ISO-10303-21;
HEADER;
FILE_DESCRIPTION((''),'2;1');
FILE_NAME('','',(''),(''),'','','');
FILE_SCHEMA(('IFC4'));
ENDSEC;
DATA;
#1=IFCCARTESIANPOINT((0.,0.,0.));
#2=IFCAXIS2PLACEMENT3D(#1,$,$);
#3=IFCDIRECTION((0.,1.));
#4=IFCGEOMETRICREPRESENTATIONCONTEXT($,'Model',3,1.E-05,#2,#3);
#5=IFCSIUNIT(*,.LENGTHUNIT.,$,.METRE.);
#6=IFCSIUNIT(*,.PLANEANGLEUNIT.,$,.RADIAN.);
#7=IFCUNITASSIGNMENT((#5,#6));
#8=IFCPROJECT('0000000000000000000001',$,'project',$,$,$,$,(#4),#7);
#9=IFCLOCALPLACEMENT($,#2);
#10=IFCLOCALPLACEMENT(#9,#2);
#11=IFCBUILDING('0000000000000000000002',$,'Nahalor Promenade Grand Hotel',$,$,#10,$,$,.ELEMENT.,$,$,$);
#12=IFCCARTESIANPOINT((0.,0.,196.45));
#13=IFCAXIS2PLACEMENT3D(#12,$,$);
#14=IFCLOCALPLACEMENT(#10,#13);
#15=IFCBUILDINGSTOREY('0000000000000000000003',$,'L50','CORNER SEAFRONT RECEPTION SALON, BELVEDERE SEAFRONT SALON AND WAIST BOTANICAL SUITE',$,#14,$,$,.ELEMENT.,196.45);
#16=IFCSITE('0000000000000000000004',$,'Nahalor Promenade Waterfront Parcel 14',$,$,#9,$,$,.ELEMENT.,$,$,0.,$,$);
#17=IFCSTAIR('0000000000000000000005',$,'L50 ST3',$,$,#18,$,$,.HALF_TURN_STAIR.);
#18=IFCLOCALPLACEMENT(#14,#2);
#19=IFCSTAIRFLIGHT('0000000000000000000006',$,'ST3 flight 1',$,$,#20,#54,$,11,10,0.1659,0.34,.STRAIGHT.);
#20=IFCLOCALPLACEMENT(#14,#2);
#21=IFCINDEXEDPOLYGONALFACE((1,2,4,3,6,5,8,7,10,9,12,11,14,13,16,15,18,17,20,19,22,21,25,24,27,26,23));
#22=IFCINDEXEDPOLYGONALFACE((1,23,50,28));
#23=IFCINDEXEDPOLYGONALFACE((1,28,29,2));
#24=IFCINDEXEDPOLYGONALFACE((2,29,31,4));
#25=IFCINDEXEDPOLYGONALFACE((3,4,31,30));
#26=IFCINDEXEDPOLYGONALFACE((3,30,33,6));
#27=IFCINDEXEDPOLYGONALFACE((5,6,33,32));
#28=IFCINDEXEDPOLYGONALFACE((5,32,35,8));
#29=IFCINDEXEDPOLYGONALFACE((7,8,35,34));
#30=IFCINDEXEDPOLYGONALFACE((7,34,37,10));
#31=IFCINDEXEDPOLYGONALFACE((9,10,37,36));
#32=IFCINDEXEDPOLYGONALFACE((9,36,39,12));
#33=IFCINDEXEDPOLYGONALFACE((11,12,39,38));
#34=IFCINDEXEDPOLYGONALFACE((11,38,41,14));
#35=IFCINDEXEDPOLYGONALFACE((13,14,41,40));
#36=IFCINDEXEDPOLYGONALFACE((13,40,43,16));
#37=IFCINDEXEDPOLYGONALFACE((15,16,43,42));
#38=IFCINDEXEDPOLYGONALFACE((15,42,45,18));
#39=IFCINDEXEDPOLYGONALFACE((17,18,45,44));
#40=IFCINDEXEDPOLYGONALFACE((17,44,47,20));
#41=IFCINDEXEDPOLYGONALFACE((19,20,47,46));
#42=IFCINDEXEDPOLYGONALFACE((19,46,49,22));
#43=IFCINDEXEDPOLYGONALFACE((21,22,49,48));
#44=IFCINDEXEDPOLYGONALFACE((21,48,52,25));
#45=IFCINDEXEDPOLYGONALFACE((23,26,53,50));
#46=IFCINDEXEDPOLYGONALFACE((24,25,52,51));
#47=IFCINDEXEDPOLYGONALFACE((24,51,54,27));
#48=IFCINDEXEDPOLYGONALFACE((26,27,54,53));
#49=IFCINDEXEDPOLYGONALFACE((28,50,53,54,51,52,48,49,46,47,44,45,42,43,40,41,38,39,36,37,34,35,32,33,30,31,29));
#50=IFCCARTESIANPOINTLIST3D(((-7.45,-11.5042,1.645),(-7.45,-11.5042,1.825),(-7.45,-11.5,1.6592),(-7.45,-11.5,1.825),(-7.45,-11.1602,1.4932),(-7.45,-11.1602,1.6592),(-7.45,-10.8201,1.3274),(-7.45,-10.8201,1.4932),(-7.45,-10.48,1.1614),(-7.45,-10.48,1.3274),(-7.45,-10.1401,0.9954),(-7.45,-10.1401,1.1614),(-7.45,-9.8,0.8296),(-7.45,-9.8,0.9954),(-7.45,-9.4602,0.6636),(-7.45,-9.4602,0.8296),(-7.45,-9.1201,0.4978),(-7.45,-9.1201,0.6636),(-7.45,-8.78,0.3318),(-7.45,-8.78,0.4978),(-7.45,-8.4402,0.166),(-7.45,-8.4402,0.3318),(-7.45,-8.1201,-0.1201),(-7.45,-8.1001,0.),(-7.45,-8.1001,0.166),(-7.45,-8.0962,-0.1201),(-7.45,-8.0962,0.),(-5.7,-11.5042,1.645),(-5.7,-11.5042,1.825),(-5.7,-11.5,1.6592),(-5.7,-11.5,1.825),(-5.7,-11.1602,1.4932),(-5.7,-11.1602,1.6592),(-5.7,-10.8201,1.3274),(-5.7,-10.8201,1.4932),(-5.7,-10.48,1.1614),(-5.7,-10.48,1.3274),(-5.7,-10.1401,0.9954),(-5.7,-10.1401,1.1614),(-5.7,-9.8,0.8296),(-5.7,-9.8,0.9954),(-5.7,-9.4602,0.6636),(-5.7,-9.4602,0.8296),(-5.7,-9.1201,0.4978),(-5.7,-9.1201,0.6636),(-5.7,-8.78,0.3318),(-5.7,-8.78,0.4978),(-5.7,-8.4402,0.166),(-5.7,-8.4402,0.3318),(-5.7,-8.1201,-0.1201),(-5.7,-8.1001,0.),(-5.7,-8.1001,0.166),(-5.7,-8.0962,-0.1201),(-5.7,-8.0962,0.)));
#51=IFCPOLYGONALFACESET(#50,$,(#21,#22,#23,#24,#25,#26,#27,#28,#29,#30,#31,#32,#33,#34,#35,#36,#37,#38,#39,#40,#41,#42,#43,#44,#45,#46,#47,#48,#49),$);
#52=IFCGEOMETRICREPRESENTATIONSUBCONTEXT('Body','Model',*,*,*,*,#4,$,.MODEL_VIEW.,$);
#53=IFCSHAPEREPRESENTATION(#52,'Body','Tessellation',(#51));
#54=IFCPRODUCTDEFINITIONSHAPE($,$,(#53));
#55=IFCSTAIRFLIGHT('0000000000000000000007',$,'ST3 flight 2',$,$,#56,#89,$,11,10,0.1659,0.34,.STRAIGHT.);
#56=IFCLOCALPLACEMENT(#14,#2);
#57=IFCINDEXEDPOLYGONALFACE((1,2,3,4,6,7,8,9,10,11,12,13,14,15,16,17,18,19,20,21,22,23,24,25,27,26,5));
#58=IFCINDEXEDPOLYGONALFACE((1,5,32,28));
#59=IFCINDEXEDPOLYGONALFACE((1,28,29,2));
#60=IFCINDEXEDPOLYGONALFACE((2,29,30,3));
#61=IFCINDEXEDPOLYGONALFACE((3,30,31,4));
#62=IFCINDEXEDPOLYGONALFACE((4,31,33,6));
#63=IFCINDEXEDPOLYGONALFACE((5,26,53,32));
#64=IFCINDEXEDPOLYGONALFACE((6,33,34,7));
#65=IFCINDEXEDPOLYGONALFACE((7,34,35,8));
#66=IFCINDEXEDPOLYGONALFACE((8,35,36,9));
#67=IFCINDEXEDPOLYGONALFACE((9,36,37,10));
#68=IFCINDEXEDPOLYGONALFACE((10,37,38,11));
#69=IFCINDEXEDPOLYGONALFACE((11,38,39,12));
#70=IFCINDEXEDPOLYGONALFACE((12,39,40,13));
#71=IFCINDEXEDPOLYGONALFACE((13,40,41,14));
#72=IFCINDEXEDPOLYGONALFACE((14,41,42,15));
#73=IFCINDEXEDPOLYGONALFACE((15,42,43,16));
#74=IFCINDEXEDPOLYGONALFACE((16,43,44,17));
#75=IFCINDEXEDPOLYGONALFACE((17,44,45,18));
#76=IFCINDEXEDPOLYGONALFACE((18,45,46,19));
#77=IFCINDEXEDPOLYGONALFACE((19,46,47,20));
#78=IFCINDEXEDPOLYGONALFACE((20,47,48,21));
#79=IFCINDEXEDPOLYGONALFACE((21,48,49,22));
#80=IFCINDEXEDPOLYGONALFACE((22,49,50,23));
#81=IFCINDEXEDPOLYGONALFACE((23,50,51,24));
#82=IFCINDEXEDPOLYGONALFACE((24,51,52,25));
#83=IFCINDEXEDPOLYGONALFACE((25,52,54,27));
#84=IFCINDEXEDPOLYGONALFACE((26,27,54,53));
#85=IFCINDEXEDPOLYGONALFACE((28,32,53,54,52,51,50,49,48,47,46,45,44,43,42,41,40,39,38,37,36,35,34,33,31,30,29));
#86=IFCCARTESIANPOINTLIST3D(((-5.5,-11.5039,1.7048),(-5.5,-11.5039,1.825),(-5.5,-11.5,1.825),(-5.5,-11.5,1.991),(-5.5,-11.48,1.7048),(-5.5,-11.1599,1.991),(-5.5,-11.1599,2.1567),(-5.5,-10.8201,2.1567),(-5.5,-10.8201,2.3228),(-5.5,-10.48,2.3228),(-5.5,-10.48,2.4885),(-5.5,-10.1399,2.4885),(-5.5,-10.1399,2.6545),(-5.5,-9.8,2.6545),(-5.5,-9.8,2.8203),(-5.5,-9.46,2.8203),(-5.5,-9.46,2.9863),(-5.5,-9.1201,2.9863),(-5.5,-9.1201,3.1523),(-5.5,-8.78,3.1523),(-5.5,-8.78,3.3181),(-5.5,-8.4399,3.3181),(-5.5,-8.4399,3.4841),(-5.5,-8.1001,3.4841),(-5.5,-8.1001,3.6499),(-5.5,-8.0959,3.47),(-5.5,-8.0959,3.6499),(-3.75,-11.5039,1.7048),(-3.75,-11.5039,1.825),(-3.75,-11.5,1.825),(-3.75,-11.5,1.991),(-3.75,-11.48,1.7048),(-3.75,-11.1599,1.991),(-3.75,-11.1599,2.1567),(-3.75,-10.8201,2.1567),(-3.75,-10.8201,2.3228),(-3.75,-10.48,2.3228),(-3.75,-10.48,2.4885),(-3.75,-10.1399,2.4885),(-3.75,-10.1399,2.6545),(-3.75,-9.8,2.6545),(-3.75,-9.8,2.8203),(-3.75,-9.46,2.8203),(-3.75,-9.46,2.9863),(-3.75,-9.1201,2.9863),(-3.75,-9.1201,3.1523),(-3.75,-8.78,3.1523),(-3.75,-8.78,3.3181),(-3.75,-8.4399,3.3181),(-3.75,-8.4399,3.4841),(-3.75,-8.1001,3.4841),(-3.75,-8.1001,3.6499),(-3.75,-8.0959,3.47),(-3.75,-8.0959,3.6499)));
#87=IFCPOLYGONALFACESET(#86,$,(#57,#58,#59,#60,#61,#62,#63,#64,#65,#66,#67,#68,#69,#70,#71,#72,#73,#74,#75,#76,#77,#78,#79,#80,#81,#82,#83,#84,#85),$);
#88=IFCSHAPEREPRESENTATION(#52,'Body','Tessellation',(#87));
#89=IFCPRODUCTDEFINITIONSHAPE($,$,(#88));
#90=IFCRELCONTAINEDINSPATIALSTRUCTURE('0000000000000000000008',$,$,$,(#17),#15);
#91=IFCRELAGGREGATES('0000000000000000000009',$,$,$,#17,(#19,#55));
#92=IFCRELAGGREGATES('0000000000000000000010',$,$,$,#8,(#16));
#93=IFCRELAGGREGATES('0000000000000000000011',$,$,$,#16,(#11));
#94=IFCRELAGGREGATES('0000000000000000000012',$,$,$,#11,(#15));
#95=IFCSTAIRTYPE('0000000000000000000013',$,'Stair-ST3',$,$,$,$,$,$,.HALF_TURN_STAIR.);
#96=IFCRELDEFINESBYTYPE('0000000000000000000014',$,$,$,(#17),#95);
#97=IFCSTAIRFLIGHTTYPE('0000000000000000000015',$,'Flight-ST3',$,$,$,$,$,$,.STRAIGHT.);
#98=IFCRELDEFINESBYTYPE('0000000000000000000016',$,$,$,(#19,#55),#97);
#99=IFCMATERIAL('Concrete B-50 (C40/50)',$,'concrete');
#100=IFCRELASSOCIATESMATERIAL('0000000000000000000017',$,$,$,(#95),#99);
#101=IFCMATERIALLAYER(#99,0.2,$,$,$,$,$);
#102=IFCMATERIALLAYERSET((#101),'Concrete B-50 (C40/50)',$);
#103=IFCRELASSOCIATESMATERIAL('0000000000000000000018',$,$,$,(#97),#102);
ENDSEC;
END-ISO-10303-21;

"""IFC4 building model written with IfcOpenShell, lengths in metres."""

from ifc_helpers import new_model, si_unit, direction, frame, origin, place, context, subcontext, project, spatial, polyline, outline, extrude, source, transform, mapped, material, layer, layer_set, type_object, element, aggregate, save


model = new_model("IFC4")

# Units and contexts
model_context = context("Model", 3, precision=1e-05, world=origin(), true_north=direction((0.0, 1.0)))
body_context = subcontext(model_context, "Body", "Model", "MODEL_VIEW")
ifc_project = project(units=[si_unit("LENGTHUNIT", "METRE"), si_unit("PLANEANGLEUNIT", "RADIAN")], contexts=[model_context])

# Site, building, storey
site_placement = place(None, origin())
site = spatial("IfcSite", under=ifc_project, at=site_placement, Name="Nahalor Promenade Waterfront Parcel 14", CompositionType="ELEMENT", RefElevation=0.0)
building_placement = place(site_placement, origin())
building = spatial("IfcBuilding", under=site, at=building_placement, Name="Nahalor Promenade Grand Hotel", CompositionType="ELEMENT")
storey_placement = place(building_placement, frame((0.0, 0.0, 196.45)))
storey = spatial("IfcBuildingStorey", under=building, at=storey_placement, Name="L50", Description="CORNER SEAFRONT RECEPTION SALON, BELVEDERE SEAFRONT SALON AND WAIST BOTANICAL SUITE", CompositionType="ELEMENT", Elevation=196.45)

# Shared definitions
ifc_material_1 = material(Name="Concrete B-50 (C40/50)", Category="concrete")

# Stair, stair flights
stair_type = type_object("IfcStairType", Name="Stair-ST3", PredefinedType="HALF_TURN_STAIR", material=ifc_material_1)
stair_placement = place(storey_placement, origin())
stair = element("IfcStair", 1, at=stair_placement, inside=storey, type_object=stair_type, Name="L50 ST3", PredefinedType="HALF_TURN_STAIR")
ifc_layer_1 = layer(ifc_material_1, 0.2)
ifc_layer_set_1 = layer_set([ifc_layer_1], Name="Concrete B-50 (C40/50)")
stair_flight_type = type_object("IfcStairFlightType", Name="Flight-ST3", PredefinedType="STRAIGHT", material=ifc_layer_set_1)
shared_shape_1 = source(origin(), body_context, "Body", "SweptSolid", [
    extrude(outline(polyline([(-0.0039, -0.1201), (-0.0039, 0.0), (0.0, 0.0), (0.0, 0.166), (0.3401, 0.166), (0.3401, 0.3318), (0.6799, 0.3318), (0.6799, 0.4978), (1.02, 0.4978), (1.02, 0.6636), (1.3601, 0.6636), (1.3601, 0.8296), (1.7, 0.8296), (1.7, 0.9954), (2.04, 0.9954), (2.04, 1.1614), (2.3799, 1.1614), (2.3799, 1.3274), (2.72, 1.3274), (2.72, 1.4932), (3.0601, 1.4932), (3.0601, 1.6592), (3.3999, 1.6592), (3.3999, 1.825), (3.4041, 1.825), (3.4041, 1.645), (0.02, -0.1201), (-0.0039, -0.1201)])), frame((0.0, 0.875, 0.0), z_axis=(0.0, -1.0, 0.0), x_axis=(1.0, 0.0, 0.0)), (0.0, 0.0, 1.0), 1.75),
])
stair_flight_1_placement = place(storey_placement, frame((-6.575, -8.1001, 0.0), z_axis=(0.0, 0.0, 1.0), x_axis=(0.0, -1.0, 0.0)))
stair_flight_1 = element("IfcStairFlight", 2, at=stair_flight_1_placement, type_object=stair_flight_type, Name="ST3 flight 1", NumberOfRisers=11, NumberOfTreads=10, PredefinedType="STRAIGHT", RiserHeight=0.1659, TreadLength=0.34, context=body_context, shape_type="MappedRepresentation", body=[
    mapped(shared_shape_1, transform((0.0, 0.0, 0.0), scale=1.0)),
])
stair_flight_2_placement = place(storey_placement, frame((-4.625, -11.5, 1.825), z_axis=(0.0, 0.0, 1.0), x_axis=(0.0, 1.0, 0.0)))
stair_flight_2 = element("IfcStairFlight", 3, at=stair_flight_2_placement, type_object=stair_flight_type, Name="ST3 flight 2", NumberOfRisers=11, NumberOfTreads=10, PredefinedType="STRAIGHT", RiserHeight=0.1659, TreadLength=0.34, context=body_context, shape_type="MappedRepresentation", body=[
    mapped(shared_shape_1, transform((0.0, 0.0, 0.0), scale=1.0)),
])
aggregate(stair, [stair_flight_1, stair_flight_2])

save(model, "model.ifc")
